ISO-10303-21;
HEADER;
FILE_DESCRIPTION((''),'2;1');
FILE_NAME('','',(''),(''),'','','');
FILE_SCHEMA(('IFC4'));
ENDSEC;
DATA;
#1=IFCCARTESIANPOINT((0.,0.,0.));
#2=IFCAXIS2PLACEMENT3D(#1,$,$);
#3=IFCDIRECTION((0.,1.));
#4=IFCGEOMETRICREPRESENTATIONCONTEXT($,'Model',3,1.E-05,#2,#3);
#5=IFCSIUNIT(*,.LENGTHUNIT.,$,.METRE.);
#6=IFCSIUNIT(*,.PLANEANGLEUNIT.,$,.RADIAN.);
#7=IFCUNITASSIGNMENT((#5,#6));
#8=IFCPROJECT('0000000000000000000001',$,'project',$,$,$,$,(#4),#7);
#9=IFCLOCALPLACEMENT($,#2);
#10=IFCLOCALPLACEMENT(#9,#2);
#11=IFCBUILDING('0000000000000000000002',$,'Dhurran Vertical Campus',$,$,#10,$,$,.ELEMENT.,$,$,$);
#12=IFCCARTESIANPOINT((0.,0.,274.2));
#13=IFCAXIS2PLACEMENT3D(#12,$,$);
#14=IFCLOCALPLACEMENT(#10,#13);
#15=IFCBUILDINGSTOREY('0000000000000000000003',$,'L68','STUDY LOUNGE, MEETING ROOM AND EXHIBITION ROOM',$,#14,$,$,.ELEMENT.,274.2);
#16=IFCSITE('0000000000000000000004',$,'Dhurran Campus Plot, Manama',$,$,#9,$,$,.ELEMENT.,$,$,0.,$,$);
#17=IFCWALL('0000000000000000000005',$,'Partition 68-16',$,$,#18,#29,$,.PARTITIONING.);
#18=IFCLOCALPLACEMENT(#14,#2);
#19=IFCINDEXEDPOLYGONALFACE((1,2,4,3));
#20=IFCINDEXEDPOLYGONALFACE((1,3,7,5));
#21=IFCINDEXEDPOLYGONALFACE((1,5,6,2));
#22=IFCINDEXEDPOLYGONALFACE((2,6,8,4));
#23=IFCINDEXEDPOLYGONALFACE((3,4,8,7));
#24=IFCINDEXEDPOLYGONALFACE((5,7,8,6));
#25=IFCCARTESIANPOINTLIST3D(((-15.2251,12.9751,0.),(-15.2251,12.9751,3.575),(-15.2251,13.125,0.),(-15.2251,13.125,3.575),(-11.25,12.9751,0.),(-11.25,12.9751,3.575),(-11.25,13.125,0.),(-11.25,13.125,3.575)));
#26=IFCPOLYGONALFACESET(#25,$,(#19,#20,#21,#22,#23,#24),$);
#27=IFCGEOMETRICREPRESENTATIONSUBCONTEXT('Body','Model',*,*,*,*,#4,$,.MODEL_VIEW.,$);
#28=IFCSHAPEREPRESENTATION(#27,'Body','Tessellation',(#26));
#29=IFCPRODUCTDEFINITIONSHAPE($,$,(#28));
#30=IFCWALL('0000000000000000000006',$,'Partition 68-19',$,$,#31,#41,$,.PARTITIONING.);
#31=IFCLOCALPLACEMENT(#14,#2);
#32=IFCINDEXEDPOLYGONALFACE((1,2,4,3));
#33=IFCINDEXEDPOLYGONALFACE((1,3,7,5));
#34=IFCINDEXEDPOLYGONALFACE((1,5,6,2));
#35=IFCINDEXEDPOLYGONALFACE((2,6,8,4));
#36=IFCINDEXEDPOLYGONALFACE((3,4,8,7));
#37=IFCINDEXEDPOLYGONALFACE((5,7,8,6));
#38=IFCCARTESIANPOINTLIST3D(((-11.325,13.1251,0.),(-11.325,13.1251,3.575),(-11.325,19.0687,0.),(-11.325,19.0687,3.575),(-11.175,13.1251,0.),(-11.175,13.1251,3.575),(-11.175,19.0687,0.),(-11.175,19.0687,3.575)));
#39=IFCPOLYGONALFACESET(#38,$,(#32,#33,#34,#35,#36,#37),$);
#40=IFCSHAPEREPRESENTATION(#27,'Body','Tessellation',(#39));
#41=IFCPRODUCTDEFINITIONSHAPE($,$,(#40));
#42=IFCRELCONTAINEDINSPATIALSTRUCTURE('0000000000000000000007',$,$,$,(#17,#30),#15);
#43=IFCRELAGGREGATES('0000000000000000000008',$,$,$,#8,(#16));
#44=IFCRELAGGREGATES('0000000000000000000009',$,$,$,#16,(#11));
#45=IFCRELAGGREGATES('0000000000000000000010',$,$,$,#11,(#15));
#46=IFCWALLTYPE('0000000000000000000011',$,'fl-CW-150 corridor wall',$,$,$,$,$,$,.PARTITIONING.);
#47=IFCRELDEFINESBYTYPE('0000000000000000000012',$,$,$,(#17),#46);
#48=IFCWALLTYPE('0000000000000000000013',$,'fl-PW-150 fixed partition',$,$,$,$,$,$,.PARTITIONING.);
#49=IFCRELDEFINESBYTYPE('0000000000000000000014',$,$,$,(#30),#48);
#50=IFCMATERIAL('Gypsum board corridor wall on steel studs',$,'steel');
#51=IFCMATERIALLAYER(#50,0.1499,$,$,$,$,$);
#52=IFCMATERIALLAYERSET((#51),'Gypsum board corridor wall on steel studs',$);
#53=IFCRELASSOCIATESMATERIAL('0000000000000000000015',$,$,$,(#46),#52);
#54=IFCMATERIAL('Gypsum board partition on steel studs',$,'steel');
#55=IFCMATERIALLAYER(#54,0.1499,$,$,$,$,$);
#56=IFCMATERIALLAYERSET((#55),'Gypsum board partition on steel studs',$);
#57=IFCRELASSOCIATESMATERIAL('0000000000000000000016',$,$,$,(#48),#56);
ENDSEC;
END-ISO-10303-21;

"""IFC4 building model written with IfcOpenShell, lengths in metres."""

from ifc_helpers import new_model, si_unit, direction, frame, frame_2d, origin, place, context, subcontext, project, spatial, rectangle, extrude, material, layer, layer_set, type_object, element, save


model = new_model("IFC4")

# Units and contexts
model_context = context("Model", 3, precision=1e-05, world=origin(), true_north=direction((0.0, 1.0)))
body_context = subcontext(model_context, "Body", "Model", "MODEL_VIEW")
ifc_project = project(units=[si_unit("LENGTHUNIT", "METRE"), si_unit("PLANEANGLEUNIT", "RADIAN")], contexts=[model_context])

# Site, building, storey
site_placement = place(None, origin())
site = spatial("IfcSite", under=ifc_project, at=site_placement, Name="Dhurran Campus Plot, Manama", CompositionType="ELEMENT", RefElevation=0.0)
building_placement = place(site_placement, origin())
building = spatial("IfcBuilding", under=site, at=building_placement, Name="Dhurran Vertical Campus", CompositionType="ELEMENT")
storey_placement = place(building_placement, frame((0.0, 0.0, 274.2)))
storey = spatial("IfcBuildingStorey", under=building, at=storey_placement, Name="L68", Description="STUDY LOUNGE, MEETING ROOM AND EXHIBITION ROOM", CompositionType="ELEMENT", Elevation=274.2)

# Shared definitions
ifc_material_1 = material(Name="Gypsum board corridor wall on steel studs", Category="steel")
ifc_layer_1 = layer(ifc_material_1, 0.1499)
ifc_layer_set_1 = layer_set([ifc_layer_1], Name="Gypsum board corridor wall on steel studs")
wall_type_1 = type_object("IfcWallType", Name="fl-CW-150 corridor wall", PredefinedType="PARTITIONING", material=ifc_layer_set_1)

# Walls
wall_1_placement = place(storey_placement, frame((-11.25, 13.05, 0.0), z_axis=(0.0, 0.0, 1.0), x_axis=(-1.0, 0.0, 0.0)))
element("IfcWall", 1, at=wall_1_placement, inside=storey, type_object=wall_type_1, Name="Partition 68-16", PredefinedType="PARTITIONING", context=body_context, shape_type="SweptSolid", body=[
    extrude(rectangle(XDim=3.9751, YDim=0.1499, at=frame_2d((1.9875, 0.0))), origin(), (0.0, 0.0, 1.0), 3.575),
])
ifc_material_2 = material(Name="Gypsum board partition on steel studs", Category="steel")
ifc_layer_2 = layer(ifc_material_2, 0.1499)
ifc_layer_set_2 = layer_set([ifc_layer_2], Name="Gypsum board partition on steel studs")
wall_type_2 = type_object("IfcWallType", Name="fl-PW-150 fixed partition", PredefinedType="PARTITIONING", material=ifc_layer_set_2)
wall_2_placement = place(storey_placement, frame((-11.25, 19.0686, 0.0), z_axis=(0.0, 0.0, 1.0), x_axis=(0.0, -1.0, 0.0)))
element("IfcWall", 2, at=wall_2_placement, inside=storey, type_object=wall_type_2, Name="Partition 68-19", PredefinedType="PARTITIONING", context=body_context, shape_type="SweptSolid", body=[
    extrude(rectangle(XDim=5.9436, YDim=0.1499, at=frame_2d((2.9717, 0.0))), origin(), (0.0, 0.0, 1.0), 3.575),
])

save(model, "model.ifc")
